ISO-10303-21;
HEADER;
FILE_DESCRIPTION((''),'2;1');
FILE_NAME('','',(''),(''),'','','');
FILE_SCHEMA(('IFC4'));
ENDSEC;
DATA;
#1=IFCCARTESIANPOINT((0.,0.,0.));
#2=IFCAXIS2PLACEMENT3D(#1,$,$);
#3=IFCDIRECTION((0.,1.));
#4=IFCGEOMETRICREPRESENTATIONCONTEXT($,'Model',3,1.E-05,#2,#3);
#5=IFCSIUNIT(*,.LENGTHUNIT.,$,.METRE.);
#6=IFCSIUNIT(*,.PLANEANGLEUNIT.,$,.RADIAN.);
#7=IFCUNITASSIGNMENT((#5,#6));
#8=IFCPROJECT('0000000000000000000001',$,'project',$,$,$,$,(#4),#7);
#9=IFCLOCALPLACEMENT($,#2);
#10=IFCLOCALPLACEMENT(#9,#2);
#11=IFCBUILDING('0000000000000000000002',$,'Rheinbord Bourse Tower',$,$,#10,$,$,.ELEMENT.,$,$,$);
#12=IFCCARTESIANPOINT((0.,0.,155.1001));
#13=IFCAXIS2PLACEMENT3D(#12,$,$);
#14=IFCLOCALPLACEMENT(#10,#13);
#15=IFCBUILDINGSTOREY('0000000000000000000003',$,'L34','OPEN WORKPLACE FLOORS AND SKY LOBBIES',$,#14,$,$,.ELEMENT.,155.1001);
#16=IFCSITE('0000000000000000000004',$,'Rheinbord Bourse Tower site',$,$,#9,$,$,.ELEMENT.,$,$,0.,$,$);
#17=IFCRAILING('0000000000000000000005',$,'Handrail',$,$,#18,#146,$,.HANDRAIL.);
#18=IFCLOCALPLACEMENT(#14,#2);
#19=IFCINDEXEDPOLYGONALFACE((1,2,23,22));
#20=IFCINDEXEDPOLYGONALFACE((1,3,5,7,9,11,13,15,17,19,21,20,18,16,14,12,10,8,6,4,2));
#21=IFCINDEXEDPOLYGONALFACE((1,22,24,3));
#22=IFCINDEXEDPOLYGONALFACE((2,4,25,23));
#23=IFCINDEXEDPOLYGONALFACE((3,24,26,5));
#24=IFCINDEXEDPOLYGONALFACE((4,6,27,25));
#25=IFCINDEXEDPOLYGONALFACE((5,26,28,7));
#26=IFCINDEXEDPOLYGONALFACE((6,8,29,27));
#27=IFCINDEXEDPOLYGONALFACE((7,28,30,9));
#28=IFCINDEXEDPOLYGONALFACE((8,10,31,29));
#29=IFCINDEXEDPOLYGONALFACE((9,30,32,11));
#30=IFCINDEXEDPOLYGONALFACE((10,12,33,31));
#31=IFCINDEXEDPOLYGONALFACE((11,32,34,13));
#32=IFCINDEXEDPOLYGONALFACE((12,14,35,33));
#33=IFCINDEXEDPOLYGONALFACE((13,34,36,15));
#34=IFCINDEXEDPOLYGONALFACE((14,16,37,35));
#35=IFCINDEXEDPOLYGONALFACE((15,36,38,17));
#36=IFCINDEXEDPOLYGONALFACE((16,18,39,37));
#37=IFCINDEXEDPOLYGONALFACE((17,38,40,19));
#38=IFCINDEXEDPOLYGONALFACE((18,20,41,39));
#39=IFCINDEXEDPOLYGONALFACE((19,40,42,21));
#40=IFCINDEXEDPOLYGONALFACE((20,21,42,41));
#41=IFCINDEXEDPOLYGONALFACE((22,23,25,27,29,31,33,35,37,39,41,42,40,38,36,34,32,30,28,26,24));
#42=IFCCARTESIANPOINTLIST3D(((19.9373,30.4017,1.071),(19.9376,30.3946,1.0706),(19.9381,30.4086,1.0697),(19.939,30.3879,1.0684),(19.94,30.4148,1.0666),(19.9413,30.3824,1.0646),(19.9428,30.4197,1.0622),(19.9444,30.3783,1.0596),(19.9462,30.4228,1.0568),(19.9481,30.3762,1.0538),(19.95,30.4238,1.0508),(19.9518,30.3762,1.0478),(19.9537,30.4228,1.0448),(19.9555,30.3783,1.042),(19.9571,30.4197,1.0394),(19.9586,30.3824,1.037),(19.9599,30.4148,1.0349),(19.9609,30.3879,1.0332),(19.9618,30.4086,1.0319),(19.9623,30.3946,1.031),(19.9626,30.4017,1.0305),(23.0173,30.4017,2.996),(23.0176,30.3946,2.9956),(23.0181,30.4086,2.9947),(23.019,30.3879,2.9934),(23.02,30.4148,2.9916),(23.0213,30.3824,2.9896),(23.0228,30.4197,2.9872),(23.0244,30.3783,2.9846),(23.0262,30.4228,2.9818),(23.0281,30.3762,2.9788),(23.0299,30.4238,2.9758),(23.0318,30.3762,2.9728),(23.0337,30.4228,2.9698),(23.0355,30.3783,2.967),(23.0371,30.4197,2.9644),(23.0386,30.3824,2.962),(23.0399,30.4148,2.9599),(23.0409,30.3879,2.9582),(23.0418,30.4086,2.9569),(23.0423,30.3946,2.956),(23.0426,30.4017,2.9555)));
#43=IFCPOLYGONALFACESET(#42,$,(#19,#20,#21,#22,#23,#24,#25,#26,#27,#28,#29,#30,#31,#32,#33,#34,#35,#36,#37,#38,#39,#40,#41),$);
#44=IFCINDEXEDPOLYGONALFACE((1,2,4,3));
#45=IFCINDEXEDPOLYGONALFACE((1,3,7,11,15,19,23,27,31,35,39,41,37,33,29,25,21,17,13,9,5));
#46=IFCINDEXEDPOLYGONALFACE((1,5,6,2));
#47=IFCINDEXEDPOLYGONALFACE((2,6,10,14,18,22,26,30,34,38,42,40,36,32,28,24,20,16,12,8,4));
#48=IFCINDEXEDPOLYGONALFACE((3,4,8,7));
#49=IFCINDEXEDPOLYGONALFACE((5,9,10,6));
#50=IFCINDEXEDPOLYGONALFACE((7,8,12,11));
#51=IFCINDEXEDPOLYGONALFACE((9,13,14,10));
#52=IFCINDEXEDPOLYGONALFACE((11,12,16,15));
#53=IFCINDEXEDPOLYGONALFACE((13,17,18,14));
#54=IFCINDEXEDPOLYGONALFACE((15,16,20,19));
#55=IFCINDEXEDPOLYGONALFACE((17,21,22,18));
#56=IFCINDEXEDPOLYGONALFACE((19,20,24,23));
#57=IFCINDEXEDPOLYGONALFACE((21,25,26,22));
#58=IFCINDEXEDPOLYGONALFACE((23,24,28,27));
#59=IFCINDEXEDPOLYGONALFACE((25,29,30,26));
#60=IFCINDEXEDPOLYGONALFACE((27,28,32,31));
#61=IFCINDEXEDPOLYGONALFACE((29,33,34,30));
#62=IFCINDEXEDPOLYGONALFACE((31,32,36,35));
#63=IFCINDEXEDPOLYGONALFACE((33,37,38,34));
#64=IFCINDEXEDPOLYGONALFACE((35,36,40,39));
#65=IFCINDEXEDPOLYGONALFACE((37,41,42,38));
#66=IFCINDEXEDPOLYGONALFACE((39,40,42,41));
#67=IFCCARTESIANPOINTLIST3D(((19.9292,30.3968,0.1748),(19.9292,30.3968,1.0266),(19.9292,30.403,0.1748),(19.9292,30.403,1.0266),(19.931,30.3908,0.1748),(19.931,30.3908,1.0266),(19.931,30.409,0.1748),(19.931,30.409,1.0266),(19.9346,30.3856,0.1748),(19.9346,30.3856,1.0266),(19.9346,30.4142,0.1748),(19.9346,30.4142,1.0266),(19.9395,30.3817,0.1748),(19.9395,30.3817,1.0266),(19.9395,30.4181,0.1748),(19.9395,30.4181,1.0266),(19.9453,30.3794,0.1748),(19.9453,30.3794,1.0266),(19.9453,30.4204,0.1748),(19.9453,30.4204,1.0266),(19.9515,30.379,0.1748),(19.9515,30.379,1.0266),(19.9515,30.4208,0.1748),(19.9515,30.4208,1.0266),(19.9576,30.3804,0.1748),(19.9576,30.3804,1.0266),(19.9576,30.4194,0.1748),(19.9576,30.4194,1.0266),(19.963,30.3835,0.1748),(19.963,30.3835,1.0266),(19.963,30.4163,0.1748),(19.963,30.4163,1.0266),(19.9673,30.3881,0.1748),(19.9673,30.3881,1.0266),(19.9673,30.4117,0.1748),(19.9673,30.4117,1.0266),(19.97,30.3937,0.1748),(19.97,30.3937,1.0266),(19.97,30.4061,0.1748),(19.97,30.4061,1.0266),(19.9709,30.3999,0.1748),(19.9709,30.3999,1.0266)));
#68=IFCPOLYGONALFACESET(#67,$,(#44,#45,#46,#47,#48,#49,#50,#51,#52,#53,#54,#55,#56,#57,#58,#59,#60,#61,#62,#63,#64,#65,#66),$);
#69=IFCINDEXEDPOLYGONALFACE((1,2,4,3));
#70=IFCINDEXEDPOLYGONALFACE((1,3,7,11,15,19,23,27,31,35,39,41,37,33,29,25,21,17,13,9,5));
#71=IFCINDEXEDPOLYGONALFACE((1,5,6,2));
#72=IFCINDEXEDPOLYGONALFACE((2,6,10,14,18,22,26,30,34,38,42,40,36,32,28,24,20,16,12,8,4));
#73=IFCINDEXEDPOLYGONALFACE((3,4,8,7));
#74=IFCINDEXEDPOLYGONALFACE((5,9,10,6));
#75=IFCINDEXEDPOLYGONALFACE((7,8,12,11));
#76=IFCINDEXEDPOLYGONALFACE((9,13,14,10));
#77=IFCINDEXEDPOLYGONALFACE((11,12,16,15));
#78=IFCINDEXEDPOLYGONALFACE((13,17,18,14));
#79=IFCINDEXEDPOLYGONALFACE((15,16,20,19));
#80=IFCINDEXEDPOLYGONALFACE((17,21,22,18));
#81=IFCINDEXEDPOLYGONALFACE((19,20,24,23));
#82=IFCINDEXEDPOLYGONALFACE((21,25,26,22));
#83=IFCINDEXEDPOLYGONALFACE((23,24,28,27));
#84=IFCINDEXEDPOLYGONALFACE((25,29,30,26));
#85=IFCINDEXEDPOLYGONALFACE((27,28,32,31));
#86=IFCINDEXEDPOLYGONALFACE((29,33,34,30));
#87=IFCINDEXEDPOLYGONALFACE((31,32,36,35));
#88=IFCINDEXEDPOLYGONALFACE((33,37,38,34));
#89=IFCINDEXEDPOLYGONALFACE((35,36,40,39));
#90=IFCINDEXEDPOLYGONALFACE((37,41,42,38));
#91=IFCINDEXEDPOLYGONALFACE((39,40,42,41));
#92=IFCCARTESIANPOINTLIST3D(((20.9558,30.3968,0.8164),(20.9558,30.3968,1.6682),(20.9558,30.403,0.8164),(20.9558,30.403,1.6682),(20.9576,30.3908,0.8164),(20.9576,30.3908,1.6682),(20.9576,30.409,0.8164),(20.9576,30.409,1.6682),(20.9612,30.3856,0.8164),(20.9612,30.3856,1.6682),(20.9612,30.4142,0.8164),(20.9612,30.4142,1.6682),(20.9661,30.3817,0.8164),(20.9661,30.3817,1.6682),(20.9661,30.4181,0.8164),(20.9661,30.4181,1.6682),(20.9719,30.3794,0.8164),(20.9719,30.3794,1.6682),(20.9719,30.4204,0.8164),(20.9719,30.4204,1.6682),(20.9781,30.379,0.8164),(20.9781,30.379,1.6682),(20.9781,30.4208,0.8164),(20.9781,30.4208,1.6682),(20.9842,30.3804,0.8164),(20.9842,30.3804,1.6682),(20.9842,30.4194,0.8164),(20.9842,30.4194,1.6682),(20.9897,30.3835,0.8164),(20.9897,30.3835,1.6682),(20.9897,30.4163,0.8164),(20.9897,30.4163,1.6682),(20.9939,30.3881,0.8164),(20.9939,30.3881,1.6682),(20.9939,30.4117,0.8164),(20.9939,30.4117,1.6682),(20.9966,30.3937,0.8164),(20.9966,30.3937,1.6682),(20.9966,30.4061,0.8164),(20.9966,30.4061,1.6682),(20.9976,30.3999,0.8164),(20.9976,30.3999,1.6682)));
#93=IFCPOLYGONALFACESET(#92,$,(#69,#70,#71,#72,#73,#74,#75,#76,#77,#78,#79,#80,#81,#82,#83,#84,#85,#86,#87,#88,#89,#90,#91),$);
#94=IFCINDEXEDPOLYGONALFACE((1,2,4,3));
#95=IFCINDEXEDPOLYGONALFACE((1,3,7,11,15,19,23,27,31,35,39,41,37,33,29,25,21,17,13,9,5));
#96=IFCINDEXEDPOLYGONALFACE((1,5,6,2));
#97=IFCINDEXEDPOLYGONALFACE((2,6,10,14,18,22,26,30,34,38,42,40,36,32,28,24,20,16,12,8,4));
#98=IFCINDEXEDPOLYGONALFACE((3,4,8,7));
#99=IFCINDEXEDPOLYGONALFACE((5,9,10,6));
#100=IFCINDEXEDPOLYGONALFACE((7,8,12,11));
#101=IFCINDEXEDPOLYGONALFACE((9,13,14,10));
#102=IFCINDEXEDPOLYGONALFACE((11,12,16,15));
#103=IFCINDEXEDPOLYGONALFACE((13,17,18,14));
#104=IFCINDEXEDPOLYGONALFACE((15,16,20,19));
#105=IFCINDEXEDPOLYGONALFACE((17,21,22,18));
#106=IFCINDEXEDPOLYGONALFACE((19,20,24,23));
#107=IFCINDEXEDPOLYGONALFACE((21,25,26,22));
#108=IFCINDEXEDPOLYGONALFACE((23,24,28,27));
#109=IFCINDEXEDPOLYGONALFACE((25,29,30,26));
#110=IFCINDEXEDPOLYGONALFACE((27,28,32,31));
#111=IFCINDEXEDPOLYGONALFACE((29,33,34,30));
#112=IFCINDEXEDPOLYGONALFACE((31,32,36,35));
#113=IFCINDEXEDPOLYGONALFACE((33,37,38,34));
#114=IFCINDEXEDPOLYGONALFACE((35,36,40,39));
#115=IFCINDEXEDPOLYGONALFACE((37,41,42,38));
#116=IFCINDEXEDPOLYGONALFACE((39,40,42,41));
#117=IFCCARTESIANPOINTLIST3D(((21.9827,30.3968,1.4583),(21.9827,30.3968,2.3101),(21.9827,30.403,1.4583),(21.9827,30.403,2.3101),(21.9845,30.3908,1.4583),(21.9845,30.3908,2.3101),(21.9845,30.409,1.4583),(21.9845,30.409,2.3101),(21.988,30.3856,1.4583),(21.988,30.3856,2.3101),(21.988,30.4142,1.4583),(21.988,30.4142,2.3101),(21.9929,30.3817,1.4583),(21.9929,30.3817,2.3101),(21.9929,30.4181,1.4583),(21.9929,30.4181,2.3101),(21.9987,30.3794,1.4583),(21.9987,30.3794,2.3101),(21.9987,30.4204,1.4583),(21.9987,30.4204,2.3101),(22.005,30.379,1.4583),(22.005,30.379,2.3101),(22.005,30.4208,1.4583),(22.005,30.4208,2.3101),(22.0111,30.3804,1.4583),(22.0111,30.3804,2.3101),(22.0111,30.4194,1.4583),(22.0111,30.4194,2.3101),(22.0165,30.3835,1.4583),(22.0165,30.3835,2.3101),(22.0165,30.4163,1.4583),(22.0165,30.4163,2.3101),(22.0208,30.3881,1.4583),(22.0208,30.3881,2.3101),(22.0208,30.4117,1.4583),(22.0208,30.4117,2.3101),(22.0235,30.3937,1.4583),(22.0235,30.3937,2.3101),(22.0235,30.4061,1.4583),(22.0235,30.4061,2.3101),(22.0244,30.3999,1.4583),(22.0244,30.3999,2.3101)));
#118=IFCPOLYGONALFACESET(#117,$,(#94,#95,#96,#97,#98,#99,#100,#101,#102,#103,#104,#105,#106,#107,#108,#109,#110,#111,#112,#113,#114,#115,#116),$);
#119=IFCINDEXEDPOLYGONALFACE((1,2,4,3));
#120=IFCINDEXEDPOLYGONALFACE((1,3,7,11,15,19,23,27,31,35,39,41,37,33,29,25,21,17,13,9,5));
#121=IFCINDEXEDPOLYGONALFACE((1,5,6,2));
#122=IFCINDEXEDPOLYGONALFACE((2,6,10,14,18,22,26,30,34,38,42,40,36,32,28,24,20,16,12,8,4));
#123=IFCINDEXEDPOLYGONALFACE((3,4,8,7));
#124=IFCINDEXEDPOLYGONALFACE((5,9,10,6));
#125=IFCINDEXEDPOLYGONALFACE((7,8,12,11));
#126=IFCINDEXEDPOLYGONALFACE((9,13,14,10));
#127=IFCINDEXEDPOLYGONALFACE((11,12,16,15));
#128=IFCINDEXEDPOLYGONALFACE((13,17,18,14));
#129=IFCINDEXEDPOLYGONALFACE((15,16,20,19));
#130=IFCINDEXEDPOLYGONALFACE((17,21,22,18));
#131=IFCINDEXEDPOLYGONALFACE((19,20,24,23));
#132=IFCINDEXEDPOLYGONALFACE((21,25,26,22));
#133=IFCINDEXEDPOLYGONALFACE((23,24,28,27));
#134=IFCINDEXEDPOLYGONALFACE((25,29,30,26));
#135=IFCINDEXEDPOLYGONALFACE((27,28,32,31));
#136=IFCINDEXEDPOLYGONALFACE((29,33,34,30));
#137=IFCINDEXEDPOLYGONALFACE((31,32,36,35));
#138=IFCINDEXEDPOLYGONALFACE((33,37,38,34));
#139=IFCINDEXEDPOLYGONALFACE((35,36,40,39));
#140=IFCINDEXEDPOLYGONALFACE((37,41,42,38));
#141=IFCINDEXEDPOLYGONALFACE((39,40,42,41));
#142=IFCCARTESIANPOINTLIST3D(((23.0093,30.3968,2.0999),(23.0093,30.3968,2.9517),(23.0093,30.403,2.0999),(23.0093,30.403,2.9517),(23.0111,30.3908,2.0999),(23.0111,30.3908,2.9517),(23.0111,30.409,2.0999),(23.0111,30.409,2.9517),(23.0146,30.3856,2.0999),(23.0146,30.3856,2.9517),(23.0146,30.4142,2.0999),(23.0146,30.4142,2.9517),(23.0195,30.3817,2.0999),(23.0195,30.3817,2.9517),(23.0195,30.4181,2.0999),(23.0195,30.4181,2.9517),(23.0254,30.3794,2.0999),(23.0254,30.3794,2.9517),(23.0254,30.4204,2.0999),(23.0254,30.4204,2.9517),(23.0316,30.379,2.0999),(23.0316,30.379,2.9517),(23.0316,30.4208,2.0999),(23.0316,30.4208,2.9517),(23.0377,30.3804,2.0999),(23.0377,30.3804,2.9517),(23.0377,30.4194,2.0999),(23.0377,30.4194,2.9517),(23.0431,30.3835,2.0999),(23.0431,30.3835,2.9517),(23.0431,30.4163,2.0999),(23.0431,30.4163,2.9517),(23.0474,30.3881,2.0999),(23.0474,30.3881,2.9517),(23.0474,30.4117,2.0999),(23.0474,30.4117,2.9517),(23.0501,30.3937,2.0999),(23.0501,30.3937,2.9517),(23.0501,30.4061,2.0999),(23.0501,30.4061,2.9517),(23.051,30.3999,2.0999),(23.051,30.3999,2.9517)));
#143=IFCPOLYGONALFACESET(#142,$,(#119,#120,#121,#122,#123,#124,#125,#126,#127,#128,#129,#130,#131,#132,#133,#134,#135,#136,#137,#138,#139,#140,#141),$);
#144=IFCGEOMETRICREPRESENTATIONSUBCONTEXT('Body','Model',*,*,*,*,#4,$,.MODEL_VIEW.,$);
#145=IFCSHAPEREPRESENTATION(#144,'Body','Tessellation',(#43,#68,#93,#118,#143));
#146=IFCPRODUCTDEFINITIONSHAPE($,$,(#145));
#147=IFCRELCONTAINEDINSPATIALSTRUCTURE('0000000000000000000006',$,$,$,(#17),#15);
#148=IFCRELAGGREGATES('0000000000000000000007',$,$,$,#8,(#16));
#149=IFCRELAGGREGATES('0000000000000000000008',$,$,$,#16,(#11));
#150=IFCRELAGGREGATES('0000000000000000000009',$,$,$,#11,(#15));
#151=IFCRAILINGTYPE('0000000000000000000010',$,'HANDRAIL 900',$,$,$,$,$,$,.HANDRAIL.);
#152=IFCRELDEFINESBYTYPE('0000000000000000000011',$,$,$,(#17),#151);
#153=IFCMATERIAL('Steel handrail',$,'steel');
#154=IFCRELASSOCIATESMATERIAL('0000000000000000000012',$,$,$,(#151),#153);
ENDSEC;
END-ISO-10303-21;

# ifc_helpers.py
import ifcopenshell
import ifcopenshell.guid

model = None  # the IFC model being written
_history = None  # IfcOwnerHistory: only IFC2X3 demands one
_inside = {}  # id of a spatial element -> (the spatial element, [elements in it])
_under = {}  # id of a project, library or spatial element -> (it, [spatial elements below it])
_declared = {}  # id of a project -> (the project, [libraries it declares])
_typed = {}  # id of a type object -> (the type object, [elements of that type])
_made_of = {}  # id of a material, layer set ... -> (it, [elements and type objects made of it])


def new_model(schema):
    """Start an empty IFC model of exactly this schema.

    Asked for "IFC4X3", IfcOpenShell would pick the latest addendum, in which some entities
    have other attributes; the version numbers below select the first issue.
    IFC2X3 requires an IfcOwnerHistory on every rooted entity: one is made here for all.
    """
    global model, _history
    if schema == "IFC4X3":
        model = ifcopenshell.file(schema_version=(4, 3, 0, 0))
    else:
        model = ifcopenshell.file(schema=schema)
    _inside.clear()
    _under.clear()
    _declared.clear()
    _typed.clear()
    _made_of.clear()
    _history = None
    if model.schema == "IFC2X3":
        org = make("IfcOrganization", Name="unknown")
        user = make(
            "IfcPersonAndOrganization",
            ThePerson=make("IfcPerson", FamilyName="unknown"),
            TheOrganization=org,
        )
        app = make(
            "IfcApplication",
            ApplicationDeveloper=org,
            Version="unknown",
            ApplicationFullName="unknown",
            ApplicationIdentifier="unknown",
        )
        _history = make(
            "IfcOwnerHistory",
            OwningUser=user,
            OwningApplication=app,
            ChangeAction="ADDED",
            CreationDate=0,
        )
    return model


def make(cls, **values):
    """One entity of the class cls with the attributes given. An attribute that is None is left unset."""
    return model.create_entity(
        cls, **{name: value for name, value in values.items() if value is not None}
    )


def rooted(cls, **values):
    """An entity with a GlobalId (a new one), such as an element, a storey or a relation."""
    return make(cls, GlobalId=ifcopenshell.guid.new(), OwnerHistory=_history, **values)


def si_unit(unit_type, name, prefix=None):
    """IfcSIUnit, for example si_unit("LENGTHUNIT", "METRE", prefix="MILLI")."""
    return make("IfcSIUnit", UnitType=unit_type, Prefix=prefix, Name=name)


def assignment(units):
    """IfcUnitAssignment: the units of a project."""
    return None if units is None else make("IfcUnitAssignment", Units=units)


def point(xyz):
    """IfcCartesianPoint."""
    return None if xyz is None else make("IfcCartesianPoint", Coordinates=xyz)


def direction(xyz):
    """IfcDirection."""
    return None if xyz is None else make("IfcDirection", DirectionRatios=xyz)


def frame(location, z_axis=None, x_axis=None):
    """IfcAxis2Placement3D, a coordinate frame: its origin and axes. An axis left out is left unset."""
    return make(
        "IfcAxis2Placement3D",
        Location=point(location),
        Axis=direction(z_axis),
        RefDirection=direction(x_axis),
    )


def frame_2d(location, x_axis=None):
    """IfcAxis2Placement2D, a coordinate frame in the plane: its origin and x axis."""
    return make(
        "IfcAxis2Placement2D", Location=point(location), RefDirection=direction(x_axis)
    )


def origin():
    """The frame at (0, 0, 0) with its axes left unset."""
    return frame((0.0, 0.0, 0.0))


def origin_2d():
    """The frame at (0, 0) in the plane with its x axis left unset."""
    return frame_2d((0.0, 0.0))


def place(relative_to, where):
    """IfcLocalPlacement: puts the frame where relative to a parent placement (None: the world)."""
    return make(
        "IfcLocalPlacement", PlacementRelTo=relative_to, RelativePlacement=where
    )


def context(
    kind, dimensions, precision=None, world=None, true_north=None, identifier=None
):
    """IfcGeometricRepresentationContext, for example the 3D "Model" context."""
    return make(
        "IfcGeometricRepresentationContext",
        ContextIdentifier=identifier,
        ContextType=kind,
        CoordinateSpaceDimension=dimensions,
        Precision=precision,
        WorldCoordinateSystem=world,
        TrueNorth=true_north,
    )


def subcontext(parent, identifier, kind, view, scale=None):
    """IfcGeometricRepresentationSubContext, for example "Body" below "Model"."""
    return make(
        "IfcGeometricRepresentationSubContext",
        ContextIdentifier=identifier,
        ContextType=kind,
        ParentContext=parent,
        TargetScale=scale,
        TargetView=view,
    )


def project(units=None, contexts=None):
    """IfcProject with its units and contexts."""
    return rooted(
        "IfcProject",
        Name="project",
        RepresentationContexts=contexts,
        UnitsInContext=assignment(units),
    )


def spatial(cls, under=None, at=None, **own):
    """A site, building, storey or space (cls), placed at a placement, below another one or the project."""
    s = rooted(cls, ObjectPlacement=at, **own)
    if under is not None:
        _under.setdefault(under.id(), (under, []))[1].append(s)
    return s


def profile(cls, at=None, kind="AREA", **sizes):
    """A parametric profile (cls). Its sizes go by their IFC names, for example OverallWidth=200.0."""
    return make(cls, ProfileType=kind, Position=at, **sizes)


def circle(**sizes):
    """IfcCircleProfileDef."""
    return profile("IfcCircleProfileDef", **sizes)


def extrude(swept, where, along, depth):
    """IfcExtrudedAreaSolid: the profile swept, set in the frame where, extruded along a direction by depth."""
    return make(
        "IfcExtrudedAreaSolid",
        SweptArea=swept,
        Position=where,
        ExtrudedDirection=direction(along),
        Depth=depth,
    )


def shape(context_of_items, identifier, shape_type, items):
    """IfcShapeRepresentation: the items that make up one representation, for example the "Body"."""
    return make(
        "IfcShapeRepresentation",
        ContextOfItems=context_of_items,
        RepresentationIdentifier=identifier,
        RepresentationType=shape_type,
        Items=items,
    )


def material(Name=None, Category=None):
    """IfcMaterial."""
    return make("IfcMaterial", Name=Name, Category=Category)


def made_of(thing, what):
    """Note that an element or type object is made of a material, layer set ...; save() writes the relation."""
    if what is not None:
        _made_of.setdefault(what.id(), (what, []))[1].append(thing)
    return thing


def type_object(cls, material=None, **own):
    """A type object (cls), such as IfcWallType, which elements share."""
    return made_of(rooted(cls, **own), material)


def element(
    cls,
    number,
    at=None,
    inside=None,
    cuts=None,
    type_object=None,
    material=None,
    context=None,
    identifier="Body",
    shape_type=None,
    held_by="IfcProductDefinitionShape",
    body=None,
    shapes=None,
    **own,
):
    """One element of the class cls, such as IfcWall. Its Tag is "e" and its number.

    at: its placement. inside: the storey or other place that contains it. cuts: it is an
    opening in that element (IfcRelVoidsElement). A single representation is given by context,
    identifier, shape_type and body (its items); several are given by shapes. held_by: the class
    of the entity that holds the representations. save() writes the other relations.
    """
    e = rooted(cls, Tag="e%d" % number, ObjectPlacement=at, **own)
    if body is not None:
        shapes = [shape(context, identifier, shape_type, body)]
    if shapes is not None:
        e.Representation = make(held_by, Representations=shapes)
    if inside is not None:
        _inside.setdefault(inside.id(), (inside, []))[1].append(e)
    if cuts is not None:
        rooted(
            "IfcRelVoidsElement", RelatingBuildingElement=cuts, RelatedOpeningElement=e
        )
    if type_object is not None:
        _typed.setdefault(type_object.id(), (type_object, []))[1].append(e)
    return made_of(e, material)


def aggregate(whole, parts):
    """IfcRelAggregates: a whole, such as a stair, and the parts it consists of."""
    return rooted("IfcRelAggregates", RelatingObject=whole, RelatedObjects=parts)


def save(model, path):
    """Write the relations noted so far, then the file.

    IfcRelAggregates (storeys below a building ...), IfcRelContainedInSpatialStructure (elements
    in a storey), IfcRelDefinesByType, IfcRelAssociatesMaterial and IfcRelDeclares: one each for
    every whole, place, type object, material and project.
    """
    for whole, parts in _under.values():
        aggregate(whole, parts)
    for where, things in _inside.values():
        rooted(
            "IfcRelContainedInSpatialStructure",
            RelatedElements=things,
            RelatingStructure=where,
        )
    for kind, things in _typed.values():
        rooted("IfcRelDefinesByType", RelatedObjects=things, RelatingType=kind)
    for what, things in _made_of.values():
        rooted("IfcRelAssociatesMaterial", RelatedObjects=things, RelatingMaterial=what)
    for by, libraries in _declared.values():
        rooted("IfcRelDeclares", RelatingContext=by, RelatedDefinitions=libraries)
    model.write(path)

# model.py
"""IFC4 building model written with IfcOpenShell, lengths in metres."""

from ifc_helpers import new_model, si_unit, direction, frame, origin, origin_2d, place, context, subcontext, project, spatial, circle, extrude, material, type_object, element, save


model = new_model("IFC4")

# Units and contexts
model_context = context("Model", 3, precision=1e-05, world=origin(), true_north=direction((0.0, 1.0)))
body_context = subcontext(model_context, "Body", "Model", "MODEL_VIEW")
ifc_project = project(units=[si_unit("LENGTHUNIT", "METRE"), si_unit("PLANEANGLEUNIT", "RADIAN")], contexts=[model_context])

# Site, building, storey
site_placement = place(None, origin())
site = spatial("IfcSite", under=ifc_project, at=site_placement, Name="Rheinbord Bourse Tower site", CompositionType="ELEMENT", RefElevation=0.0)
building_placement = place(site_placement, origin())
building = spatial("IfcBuilding", under=site, at=building_placement, Name="Rheinbord Bourse Tower", CompositionType="ELEMENT")
storey_placement = place(building_placement, frame((0.0, 0.0, 155.1001)))
storey = spatial("IfcBuildingStorey", under=building, at=storey_placement, Name="L34", Description="OPEN WORKPLACE FLOORS AND SKY LOBBIES", CompositionType="ELEMENT", Elevation=155.1001)

# Railing
ifc_material_1 = material(Name="Steel handrail", Category="steel")
railing_type = type_object("IfcRailingType", Name="HANDRAIL 900", PredefinedType="HANDRAIL", material=ifc_material_1)
railing_1_placement = place(storey_placement, frame((19.95, 30.3999, 0.1748)))
element("IfcRailing", 1, at=railing_1_placement, inside=storey, type_object=railing_type, Name="Handrail", PredefinedType="HANDRAIL", context=body_context, shape_type="SweptSolid", body=[
    extrude(circle(Radius=0.0239, at=origin_2d()), frame((0.0, 0.0, 0.876), z_axis=(0.847998, 0.0, 0.529999), x_axis=(0.0, 1.0, 0.0)), (0.0, 0.0, 1.0), 3.6321),
    extrude(circle(Radius=0.021, at=origin_2d()), origin(), (0.0, 0.0, 1.0), 0.8518),
    extrude(circle(Radius=0.021, at=origin_2d()), frame((1.0266, 0.0, 0.6416)), (0.0, 0.0, 1.0), 0.8518),
    extrude(circle(Radius=0.021, at=origin_2d()), frame((2.0535, 0.0, 1.2834)), (0.0, 0.0, 1.0), 0.8518),
    extrude(circle(Radius=0.021, at=origin_2d()), frame((3.0801, 0.0, 1.925)), (0.0, 0.0, 1.0), 0.8518),
])

save(model, "model.ifc")
